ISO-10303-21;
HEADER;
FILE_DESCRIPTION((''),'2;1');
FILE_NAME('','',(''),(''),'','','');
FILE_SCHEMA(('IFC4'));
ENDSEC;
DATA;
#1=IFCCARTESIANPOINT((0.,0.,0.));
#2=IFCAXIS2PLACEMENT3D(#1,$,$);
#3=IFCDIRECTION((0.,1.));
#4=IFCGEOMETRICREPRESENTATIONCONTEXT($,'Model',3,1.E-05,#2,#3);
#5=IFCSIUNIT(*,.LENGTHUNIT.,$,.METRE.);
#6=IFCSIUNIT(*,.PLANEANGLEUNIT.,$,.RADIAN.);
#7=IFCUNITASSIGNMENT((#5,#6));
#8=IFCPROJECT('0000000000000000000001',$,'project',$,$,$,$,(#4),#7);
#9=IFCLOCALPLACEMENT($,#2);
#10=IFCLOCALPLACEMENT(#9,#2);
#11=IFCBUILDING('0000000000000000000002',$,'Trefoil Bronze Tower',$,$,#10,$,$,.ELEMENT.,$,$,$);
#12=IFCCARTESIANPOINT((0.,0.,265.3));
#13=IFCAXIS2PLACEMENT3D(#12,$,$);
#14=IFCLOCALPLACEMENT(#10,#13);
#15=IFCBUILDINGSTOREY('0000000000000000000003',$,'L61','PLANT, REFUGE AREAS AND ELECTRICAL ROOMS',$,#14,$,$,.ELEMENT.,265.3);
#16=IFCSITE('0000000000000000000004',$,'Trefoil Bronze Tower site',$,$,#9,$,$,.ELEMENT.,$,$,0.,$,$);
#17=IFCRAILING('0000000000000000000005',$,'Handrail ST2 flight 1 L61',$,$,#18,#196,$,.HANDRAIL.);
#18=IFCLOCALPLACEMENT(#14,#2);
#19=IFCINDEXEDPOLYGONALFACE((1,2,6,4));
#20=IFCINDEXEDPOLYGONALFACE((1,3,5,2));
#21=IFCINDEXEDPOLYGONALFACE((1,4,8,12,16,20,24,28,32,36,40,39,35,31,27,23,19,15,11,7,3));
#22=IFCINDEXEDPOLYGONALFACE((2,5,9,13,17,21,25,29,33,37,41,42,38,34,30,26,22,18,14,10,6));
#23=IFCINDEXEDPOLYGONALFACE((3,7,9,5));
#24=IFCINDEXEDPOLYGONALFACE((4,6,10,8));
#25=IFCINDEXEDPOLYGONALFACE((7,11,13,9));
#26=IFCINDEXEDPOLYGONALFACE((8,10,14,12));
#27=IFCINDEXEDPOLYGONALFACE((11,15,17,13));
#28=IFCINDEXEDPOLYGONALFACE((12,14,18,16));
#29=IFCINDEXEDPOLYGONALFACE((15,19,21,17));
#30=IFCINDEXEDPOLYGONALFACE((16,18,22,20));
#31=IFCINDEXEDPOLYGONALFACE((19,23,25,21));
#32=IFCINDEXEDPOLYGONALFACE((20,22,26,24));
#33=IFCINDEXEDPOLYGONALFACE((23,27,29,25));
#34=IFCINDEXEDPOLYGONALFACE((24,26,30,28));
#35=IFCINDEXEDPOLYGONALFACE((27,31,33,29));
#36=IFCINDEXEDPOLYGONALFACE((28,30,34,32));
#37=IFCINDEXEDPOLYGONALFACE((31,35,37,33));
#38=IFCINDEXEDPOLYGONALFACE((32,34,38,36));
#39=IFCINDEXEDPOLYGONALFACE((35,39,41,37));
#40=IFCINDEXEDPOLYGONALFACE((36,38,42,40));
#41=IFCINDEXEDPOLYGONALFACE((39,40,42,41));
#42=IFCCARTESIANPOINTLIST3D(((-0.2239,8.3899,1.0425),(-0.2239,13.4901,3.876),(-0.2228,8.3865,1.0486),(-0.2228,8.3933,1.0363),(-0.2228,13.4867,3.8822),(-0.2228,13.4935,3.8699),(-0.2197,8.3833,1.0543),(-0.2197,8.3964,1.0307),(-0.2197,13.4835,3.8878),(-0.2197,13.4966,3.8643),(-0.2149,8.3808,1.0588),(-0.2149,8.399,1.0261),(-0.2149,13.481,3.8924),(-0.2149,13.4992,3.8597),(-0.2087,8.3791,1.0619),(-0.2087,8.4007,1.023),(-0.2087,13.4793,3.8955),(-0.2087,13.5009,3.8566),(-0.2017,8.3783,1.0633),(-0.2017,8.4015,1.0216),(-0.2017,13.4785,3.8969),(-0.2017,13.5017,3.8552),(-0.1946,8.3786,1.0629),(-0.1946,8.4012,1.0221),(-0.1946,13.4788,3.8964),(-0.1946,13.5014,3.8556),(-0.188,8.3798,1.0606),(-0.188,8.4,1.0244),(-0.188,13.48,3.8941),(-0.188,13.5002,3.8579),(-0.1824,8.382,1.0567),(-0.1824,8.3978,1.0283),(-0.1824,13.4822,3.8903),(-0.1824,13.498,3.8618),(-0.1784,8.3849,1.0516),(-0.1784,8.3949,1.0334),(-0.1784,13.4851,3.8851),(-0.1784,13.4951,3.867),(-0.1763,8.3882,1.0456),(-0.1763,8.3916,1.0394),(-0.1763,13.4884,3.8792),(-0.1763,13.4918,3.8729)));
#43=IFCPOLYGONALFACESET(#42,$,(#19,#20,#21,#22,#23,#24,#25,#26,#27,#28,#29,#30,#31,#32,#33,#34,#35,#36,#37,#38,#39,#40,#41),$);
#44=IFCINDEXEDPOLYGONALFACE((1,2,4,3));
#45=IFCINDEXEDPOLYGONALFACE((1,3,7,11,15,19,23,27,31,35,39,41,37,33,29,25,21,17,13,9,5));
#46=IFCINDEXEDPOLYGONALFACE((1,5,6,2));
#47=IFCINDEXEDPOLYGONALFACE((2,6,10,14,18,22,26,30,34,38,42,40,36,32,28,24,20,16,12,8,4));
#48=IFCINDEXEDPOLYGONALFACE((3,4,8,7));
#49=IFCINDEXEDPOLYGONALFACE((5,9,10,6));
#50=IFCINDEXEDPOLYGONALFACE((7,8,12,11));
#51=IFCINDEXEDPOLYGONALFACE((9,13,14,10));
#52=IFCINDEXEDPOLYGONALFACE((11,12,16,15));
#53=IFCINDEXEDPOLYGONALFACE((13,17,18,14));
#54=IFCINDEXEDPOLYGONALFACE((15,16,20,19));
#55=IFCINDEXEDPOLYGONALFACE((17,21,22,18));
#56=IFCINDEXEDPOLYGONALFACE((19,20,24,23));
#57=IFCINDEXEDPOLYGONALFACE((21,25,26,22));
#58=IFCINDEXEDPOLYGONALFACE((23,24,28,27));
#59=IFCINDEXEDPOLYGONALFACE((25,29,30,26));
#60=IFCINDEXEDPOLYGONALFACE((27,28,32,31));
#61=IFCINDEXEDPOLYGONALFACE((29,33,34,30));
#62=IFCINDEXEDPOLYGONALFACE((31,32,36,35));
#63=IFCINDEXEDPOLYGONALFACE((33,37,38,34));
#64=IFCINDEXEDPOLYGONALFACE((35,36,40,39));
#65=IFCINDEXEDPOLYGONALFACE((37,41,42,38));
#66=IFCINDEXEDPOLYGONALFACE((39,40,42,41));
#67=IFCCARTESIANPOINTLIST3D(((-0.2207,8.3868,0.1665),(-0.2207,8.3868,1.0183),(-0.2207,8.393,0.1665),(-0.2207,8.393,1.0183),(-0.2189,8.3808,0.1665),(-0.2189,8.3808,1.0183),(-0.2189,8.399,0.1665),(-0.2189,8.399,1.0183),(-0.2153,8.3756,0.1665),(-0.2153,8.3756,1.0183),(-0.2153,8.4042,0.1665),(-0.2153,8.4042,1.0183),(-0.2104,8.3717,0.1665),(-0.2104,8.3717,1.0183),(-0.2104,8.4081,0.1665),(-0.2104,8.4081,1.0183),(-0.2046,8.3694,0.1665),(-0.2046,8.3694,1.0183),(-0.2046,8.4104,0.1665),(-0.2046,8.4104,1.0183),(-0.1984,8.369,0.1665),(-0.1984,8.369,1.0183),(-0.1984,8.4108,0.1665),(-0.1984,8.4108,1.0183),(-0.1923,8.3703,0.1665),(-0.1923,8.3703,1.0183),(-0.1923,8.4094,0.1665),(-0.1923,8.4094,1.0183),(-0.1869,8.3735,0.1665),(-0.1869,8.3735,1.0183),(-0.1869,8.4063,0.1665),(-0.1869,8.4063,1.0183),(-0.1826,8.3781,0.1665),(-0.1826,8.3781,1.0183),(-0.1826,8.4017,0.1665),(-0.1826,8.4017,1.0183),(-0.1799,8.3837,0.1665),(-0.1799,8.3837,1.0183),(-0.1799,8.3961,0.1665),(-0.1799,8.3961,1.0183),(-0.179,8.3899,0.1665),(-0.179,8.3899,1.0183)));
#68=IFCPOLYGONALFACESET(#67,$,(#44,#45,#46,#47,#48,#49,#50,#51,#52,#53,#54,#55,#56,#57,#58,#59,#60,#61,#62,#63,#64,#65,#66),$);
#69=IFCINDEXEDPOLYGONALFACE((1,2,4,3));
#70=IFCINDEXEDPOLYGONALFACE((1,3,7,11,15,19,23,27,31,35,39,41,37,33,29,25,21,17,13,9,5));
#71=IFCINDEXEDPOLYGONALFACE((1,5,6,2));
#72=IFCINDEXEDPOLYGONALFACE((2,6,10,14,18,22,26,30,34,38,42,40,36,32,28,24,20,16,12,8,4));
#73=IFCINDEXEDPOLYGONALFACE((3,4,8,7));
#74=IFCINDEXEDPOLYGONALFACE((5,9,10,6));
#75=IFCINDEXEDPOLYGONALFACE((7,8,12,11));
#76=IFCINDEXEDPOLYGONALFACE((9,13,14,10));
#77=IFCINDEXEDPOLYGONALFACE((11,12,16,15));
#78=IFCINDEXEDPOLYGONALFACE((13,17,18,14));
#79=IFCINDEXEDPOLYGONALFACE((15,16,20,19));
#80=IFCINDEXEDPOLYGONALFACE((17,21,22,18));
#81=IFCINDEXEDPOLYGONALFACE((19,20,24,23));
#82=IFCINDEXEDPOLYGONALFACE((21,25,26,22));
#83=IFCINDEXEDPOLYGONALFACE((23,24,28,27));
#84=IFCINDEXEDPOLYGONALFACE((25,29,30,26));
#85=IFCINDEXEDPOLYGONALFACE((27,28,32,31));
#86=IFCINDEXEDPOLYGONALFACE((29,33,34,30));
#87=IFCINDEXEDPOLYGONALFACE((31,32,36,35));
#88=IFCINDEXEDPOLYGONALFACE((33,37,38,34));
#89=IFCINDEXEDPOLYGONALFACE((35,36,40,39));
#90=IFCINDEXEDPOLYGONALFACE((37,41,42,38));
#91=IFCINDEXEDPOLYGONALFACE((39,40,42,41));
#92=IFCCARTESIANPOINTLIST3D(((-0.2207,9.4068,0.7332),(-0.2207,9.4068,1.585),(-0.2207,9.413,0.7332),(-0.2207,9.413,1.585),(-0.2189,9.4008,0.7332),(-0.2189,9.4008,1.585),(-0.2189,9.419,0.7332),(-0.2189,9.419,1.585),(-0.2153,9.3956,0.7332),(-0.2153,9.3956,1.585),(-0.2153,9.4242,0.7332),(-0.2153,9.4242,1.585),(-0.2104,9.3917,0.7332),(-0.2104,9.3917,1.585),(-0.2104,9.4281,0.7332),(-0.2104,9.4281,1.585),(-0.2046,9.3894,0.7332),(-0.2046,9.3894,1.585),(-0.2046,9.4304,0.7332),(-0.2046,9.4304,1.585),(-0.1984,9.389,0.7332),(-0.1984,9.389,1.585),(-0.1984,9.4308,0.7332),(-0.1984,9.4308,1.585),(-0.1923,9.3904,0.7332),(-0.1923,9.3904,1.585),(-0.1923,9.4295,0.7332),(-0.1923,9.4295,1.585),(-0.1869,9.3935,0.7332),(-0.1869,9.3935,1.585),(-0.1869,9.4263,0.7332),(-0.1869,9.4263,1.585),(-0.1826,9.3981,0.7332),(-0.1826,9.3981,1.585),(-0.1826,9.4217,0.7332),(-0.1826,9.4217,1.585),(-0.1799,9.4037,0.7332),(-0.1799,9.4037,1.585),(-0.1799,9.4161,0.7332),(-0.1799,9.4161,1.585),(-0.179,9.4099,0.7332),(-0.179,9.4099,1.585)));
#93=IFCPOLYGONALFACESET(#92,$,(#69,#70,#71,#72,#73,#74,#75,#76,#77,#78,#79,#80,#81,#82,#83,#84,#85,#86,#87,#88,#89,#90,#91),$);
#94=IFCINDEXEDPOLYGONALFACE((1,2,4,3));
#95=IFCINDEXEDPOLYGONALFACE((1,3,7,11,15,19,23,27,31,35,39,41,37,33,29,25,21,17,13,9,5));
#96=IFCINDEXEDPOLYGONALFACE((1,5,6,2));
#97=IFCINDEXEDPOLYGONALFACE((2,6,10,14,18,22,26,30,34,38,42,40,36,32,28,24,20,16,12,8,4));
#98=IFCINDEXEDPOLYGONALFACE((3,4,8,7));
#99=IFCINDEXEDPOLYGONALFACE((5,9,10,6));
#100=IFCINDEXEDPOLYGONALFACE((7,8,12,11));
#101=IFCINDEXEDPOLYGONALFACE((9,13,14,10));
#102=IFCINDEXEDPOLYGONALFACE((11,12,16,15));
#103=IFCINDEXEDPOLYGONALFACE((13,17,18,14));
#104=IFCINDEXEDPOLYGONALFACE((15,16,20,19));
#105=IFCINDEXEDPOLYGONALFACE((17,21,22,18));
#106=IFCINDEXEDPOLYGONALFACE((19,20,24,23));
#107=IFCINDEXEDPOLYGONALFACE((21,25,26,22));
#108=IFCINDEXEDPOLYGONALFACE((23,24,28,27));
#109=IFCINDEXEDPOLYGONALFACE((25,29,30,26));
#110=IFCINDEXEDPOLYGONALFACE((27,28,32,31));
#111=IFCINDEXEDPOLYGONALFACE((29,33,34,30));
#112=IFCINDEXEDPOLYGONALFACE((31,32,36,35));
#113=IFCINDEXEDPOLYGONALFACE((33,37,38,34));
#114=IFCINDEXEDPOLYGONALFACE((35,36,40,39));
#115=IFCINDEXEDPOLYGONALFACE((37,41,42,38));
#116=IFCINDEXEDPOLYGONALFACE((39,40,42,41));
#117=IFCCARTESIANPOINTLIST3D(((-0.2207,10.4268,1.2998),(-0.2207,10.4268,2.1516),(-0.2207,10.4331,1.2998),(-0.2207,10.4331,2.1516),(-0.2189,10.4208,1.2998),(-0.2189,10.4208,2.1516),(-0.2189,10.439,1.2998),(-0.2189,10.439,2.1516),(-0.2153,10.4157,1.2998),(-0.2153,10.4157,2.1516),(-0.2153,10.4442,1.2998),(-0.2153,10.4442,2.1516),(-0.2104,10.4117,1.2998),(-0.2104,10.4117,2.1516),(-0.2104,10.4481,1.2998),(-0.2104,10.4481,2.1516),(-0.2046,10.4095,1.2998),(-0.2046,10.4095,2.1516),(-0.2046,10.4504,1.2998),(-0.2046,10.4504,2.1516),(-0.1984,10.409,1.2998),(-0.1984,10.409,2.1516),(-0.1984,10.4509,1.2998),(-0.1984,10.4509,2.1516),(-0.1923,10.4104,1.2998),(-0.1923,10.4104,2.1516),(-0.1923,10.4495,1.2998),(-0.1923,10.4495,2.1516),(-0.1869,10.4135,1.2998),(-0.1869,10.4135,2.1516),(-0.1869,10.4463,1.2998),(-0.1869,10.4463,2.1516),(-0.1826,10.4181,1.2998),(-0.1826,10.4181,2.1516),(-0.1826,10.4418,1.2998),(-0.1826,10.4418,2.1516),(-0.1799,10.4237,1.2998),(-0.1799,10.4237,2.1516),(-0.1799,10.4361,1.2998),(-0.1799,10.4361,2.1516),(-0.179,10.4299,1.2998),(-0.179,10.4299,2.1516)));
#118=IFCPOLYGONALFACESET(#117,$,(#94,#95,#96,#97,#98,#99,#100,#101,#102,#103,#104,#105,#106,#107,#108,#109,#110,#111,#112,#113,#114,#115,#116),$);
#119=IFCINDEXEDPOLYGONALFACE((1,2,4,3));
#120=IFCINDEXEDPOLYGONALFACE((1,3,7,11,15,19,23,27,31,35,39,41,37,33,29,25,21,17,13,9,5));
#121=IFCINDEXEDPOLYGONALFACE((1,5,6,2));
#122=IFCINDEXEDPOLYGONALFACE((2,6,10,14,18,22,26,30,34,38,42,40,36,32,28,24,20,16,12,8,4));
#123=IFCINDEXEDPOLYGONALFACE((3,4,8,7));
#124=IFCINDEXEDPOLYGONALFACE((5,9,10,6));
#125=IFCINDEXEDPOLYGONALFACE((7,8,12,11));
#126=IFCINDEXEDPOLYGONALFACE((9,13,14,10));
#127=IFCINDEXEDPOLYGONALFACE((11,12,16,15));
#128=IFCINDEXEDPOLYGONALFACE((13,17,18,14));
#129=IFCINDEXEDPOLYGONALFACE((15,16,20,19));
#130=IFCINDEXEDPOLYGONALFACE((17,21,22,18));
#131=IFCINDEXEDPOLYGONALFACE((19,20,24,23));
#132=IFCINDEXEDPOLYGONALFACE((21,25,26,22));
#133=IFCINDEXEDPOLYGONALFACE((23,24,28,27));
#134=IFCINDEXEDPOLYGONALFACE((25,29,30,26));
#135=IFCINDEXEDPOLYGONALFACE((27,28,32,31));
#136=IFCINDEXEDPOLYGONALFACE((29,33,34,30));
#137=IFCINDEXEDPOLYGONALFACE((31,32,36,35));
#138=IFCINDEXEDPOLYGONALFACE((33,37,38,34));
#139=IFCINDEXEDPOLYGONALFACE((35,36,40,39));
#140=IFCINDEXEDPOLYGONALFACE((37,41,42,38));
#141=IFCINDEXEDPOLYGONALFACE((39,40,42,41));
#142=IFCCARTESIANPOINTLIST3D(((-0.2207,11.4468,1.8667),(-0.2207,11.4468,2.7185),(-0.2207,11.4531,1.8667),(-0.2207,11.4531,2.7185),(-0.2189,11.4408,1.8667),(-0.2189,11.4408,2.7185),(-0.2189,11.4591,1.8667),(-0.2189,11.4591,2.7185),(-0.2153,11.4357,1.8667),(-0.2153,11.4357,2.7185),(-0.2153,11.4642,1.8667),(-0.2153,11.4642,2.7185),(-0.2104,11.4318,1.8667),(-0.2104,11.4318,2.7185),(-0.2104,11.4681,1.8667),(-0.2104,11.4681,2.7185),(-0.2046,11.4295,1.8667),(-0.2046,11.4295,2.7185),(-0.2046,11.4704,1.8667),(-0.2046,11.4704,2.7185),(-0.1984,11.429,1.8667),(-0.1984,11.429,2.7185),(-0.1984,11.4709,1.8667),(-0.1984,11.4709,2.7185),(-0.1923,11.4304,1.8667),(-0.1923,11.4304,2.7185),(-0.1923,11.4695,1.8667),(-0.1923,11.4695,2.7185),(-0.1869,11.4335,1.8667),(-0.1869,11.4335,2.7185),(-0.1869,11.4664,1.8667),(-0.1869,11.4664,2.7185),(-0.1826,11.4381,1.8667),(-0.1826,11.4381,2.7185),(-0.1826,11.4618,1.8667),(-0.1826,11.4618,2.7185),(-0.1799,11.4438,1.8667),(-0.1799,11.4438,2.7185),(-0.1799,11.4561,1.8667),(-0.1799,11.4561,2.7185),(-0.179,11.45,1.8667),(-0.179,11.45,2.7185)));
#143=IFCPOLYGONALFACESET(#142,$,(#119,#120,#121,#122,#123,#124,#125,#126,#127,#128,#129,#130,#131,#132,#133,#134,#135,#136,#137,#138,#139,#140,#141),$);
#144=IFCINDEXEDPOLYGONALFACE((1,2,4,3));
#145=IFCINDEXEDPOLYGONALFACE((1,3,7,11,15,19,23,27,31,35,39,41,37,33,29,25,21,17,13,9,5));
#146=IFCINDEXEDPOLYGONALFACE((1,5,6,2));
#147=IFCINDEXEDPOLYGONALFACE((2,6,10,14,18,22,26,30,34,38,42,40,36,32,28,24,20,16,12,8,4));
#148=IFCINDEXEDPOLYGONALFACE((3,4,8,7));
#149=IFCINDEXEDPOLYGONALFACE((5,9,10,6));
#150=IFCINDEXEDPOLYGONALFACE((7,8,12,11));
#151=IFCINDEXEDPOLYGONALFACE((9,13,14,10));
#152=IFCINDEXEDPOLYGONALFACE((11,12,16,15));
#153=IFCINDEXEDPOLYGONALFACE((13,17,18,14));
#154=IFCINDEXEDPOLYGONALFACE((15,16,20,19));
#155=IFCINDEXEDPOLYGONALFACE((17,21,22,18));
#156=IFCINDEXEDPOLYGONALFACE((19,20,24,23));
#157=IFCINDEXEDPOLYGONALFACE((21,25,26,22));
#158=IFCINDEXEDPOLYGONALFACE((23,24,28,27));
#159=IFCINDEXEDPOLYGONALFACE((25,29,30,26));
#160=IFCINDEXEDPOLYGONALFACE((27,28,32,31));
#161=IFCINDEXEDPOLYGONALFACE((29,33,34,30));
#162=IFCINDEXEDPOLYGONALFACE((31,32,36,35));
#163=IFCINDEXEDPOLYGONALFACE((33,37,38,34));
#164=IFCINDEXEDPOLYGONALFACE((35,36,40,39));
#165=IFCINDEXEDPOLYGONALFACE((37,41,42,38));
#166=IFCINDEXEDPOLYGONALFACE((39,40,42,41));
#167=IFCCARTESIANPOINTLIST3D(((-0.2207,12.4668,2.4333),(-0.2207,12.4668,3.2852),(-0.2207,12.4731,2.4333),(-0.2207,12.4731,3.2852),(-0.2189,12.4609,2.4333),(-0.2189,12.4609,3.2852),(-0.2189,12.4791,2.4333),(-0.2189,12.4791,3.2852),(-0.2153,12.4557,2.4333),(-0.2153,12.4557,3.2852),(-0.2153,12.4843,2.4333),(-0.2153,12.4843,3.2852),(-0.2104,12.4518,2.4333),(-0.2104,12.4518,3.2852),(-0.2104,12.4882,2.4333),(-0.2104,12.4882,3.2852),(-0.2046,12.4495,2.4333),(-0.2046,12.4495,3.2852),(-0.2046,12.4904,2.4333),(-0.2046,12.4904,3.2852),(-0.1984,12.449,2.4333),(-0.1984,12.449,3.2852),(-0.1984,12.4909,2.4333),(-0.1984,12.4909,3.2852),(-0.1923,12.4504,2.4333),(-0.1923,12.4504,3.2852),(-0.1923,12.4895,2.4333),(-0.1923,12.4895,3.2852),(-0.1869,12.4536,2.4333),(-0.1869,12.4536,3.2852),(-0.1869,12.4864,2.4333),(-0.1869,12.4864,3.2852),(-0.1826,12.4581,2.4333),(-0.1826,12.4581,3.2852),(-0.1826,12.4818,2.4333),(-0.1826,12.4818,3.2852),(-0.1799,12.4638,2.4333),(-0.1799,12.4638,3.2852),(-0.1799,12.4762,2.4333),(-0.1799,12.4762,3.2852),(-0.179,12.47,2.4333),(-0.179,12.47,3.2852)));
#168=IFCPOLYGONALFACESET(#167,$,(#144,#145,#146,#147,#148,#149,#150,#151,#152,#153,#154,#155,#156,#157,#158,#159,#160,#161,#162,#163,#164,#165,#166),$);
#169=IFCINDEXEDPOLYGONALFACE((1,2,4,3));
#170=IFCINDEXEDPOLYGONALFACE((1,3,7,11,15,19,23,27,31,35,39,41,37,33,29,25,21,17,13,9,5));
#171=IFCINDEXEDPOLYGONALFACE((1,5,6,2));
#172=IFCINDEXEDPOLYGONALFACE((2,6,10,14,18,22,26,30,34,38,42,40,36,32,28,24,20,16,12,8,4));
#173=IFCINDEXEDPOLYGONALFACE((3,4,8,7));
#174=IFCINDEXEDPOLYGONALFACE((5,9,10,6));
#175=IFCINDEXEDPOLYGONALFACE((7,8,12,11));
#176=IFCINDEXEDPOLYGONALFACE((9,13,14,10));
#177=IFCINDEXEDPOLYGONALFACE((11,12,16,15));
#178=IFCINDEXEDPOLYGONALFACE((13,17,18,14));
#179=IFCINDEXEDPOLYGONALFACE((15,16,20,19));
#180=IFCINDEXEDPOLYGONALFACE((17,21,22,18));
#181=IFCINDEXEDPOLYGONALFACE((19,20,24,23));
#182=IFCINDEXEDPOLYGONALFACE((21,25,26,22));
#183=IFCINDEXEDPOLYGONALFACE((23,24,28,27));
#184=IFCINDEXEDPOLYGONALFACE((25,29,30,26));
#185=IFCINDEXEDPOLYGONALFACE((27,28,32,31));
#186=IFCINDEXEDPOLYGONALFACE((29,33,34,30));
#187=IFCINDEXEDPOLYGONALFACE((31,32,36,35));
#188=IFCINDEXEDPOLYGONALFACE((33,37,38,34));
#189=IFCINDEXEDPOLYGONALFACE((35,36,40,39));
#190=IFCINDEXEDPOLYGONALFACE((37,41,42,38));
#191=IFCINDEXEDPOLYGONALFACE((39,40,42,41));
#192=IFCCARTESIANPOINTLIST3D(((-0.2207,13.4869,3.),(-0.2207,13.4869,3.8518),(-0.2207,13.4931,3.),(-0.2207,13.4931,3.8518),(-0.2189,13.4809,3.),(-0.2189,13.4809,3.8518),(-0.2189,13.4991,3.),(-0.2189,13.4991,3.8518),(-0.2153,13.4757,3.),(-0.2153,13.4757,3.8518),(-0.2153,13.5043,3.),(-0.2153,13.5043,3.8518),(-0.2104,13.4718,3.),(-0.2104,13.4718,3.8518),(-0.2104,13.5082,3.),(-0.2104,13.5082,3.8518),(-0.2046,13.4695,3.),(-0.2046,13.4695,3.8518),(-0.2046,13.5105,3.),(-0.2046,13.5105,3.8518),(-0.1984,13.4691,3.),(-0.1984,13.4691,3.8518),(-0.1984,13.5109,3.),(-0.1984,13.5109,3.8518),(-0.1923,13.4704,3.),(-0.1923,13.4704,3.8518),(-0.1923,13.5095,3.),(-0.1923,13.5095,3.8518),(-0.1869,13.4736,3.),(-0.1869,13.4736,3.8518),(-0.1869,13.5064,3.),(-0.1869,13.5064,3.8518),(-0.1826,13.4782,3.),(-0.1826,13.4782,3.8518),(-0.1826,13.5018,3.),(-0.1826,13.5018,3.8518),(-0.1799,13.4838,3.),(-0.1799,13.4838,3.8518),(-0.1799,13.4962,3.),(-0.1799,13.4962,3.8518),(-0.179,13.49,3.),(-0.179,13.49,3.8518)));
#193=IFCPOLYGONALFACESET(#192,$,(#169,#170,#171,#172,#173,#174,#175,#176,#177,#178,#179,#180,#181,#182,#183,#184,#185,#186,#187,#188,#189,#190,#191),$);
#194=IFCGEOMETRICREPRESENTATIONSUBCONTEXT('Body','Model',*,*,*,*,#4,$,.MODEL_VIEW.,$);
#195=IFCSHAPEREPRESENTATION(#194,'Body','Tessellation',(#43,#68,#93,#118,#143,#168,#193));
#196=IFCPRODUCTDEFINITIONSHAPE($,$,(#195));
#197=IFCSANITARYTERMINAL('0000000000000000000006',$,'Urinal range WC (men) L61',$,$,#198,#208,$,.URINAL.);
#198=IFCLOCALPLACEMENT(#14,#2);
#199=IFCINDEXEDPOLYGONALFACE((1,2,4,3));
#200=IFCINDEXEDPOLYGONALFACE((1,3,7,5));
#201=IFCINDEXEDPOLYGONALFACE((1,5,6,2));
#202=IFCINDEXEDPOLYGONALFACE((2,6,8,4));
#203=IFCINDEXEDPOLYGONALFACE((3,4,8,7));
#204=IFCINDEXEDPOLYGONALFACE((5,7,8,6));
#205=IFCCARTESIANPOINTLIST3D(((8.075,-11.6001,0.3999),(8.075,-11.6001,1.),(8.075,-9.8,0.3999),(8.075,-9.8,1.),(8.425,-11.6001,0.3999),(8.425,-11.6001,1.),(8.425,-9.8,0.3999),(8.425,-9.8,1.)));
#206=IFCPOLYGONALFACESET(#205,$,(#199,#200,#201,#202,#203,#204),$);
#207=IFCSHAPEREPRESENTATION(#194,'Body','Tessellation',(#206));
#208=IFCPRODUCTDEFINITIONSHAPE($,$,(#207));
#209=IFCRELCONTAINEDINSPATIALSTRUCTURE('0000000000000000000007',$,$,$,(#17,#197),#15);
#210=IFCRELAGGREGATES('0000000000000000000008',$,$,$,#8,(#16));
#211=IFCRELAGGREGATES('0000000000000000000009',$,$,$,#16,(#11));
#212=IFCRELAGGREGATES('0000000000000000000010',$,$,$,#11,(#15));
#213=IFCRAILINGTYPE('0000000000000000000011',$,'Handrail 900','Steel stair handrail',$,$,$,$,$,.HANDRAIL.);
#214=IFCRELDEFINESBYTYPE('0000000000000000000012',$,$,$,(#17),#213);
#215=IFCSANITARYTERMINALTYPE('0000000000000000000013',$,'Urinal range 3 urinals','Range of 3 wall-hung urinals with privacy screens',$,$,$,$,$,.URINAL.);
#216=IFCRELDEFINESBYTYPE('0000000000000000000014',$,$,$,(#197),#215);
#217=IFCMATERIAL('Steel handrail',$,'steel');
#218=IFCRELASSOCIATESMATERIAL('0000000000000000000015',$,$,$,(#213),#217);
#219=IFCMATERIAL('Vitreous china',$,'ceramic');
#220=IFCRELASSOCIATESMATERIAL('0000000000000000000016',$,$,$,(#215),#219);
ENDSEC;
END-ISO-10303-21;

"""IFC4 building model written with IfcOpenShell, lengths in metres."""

from ifc_helpers import new_model, si_unit, direction, frame, origin, origin_2d, place, context, subcontext, project, spatial, polyline, circle, outline, extrude, material, type_object, element, save


model = new_model("IFC4")

# Units and contexts
model_context = context("Model", 3, precision=1e-05, world=origin(), true_north=direction((0.0, 1.0)))
body_context = subcontext(model_context, "Body", "Model", "MODEL_VIEW")
ifc_project = project(units=[si_unit("LENGTHUNIT", "METRE"), si_unit("PLANEANGLEUNIT", "RADIAN")], contexts=[model_context])

# Site, building, storey
site_placement = place(None, origin())
site = spatial("IfcSite", under=ifc_project, at=site_placement, Name="Trefoil Bronze Tower site", CompositionType="ELEMENT", RefElevation=0.0)
building_placement = place(site_placement, origin())
building = spatial("IfcBuilding", under=site, at=building_placement, Name="Trefoil Bronze Tower", CompositionType="ELEMENT")
storey_placement = place(building_placement, frame((0.0, 0.0, 265.3)))
storey = spatial("IfcBuildingStorey", under=building, at=storey_placement, Name="L61", Description="PLANT, REFUGE AREAS AND ELECTRICAL ROOMS", CompositionType="ELEMENT", Elevation=265.3)

# Railing
ifc_material_1 = material(Name="Steel handrail", Category="steel")
railing_type = type_object("IfcRailingType", Name="Handrail 900", Description="Steel stair handrail", PredefinedType="HANDRAIL", material=ifc_material_1)
railing_placement = place(storey_placement, frame((-0.2, 8.3899, 0.1665)))
element("IfcRailing", 1, at=railing_placement, inside=storey, type_object=railing_type, Name="Handrail ST2 flight 1 L61", PredefinedType="HANDRAIL", context=body_context, shape_type="SweptSolid", body=[
    extrude(circle(Radius=0.0239, at=origin_2d()), frame((0.0, 0.0, 0.876), z_axis=(0.0, 0.874149, 0.485657), x_axis=(-1.0, 0.0, 0.0)), (0.0, 0.0, 1.0), 5.8345),
    extrude(circle(Radius=0.021, at=origin_2d()), origin(), (0.0, 0.0, 1.0), 0.8518),
    extrude(circle(Radius=0.021, at=origin_2d()), frame((0.0, 1.02, 0.5667)), (0.0, 0.0, 1.0), 0.8518),
    extrude(circle(Radius=0.021, at=origin_2d()), frame((0.0, 2.04, 1.1333)), (0.0, 0.0, 1.0), 0.8518),
    extrude(circle(Radius=0.021, at=origin_2d()), frame((0.0, 3.0601, 1.7002)), (0.0, 0.0, 1.0), 0.8518),
    extrude(circle(Radius=0.021, at=origin_2d()), frame((0.0, 4.0801, 2.2668)), (0.0, 0.0, 1.0), 0.8518),
    extrude(circle(Radius=0.021, at=origin_2d()), frame((0.0, 5.1001, 2.8335)), (0.0, 0.0, 1.0), 0.8518),
])

# Sanitary terminal
ifc_material_2 = material(Name="Vitreous china", Category="ceramic")
sanitary_terminal_type_1 = type_object("IfcSanitaryTerminalType", Name="Urinal range 3 urinals", Description="Range of 3 wall-hung urinals with privacy screens", PredefinedType="URINAL", material=ifc_material_2)
sanitary_terminal_1_placement = place(storey_placement, frame((0.0, 0.0, 0.3999)))
element("IfcSanitaryTerminal", 2, at=sanitary_terminal_1_placement, inside=storey, type_object=sanitary_terminal_type_1, Name="Urinal range WC (men) L61", PredefinedType="URINAL", context=body_context, shape_type="SweptSolid", body=[
    extrude(outline(polyline([(8.075, -9.8), (8.425, -9.8), (8.425, -11.6001), (8.075, -11.6001), (8.075, -9.8)])), origin(), (0.0, 0.0, 1.0), 0.6001),
])

save(model, "model.ifc")
